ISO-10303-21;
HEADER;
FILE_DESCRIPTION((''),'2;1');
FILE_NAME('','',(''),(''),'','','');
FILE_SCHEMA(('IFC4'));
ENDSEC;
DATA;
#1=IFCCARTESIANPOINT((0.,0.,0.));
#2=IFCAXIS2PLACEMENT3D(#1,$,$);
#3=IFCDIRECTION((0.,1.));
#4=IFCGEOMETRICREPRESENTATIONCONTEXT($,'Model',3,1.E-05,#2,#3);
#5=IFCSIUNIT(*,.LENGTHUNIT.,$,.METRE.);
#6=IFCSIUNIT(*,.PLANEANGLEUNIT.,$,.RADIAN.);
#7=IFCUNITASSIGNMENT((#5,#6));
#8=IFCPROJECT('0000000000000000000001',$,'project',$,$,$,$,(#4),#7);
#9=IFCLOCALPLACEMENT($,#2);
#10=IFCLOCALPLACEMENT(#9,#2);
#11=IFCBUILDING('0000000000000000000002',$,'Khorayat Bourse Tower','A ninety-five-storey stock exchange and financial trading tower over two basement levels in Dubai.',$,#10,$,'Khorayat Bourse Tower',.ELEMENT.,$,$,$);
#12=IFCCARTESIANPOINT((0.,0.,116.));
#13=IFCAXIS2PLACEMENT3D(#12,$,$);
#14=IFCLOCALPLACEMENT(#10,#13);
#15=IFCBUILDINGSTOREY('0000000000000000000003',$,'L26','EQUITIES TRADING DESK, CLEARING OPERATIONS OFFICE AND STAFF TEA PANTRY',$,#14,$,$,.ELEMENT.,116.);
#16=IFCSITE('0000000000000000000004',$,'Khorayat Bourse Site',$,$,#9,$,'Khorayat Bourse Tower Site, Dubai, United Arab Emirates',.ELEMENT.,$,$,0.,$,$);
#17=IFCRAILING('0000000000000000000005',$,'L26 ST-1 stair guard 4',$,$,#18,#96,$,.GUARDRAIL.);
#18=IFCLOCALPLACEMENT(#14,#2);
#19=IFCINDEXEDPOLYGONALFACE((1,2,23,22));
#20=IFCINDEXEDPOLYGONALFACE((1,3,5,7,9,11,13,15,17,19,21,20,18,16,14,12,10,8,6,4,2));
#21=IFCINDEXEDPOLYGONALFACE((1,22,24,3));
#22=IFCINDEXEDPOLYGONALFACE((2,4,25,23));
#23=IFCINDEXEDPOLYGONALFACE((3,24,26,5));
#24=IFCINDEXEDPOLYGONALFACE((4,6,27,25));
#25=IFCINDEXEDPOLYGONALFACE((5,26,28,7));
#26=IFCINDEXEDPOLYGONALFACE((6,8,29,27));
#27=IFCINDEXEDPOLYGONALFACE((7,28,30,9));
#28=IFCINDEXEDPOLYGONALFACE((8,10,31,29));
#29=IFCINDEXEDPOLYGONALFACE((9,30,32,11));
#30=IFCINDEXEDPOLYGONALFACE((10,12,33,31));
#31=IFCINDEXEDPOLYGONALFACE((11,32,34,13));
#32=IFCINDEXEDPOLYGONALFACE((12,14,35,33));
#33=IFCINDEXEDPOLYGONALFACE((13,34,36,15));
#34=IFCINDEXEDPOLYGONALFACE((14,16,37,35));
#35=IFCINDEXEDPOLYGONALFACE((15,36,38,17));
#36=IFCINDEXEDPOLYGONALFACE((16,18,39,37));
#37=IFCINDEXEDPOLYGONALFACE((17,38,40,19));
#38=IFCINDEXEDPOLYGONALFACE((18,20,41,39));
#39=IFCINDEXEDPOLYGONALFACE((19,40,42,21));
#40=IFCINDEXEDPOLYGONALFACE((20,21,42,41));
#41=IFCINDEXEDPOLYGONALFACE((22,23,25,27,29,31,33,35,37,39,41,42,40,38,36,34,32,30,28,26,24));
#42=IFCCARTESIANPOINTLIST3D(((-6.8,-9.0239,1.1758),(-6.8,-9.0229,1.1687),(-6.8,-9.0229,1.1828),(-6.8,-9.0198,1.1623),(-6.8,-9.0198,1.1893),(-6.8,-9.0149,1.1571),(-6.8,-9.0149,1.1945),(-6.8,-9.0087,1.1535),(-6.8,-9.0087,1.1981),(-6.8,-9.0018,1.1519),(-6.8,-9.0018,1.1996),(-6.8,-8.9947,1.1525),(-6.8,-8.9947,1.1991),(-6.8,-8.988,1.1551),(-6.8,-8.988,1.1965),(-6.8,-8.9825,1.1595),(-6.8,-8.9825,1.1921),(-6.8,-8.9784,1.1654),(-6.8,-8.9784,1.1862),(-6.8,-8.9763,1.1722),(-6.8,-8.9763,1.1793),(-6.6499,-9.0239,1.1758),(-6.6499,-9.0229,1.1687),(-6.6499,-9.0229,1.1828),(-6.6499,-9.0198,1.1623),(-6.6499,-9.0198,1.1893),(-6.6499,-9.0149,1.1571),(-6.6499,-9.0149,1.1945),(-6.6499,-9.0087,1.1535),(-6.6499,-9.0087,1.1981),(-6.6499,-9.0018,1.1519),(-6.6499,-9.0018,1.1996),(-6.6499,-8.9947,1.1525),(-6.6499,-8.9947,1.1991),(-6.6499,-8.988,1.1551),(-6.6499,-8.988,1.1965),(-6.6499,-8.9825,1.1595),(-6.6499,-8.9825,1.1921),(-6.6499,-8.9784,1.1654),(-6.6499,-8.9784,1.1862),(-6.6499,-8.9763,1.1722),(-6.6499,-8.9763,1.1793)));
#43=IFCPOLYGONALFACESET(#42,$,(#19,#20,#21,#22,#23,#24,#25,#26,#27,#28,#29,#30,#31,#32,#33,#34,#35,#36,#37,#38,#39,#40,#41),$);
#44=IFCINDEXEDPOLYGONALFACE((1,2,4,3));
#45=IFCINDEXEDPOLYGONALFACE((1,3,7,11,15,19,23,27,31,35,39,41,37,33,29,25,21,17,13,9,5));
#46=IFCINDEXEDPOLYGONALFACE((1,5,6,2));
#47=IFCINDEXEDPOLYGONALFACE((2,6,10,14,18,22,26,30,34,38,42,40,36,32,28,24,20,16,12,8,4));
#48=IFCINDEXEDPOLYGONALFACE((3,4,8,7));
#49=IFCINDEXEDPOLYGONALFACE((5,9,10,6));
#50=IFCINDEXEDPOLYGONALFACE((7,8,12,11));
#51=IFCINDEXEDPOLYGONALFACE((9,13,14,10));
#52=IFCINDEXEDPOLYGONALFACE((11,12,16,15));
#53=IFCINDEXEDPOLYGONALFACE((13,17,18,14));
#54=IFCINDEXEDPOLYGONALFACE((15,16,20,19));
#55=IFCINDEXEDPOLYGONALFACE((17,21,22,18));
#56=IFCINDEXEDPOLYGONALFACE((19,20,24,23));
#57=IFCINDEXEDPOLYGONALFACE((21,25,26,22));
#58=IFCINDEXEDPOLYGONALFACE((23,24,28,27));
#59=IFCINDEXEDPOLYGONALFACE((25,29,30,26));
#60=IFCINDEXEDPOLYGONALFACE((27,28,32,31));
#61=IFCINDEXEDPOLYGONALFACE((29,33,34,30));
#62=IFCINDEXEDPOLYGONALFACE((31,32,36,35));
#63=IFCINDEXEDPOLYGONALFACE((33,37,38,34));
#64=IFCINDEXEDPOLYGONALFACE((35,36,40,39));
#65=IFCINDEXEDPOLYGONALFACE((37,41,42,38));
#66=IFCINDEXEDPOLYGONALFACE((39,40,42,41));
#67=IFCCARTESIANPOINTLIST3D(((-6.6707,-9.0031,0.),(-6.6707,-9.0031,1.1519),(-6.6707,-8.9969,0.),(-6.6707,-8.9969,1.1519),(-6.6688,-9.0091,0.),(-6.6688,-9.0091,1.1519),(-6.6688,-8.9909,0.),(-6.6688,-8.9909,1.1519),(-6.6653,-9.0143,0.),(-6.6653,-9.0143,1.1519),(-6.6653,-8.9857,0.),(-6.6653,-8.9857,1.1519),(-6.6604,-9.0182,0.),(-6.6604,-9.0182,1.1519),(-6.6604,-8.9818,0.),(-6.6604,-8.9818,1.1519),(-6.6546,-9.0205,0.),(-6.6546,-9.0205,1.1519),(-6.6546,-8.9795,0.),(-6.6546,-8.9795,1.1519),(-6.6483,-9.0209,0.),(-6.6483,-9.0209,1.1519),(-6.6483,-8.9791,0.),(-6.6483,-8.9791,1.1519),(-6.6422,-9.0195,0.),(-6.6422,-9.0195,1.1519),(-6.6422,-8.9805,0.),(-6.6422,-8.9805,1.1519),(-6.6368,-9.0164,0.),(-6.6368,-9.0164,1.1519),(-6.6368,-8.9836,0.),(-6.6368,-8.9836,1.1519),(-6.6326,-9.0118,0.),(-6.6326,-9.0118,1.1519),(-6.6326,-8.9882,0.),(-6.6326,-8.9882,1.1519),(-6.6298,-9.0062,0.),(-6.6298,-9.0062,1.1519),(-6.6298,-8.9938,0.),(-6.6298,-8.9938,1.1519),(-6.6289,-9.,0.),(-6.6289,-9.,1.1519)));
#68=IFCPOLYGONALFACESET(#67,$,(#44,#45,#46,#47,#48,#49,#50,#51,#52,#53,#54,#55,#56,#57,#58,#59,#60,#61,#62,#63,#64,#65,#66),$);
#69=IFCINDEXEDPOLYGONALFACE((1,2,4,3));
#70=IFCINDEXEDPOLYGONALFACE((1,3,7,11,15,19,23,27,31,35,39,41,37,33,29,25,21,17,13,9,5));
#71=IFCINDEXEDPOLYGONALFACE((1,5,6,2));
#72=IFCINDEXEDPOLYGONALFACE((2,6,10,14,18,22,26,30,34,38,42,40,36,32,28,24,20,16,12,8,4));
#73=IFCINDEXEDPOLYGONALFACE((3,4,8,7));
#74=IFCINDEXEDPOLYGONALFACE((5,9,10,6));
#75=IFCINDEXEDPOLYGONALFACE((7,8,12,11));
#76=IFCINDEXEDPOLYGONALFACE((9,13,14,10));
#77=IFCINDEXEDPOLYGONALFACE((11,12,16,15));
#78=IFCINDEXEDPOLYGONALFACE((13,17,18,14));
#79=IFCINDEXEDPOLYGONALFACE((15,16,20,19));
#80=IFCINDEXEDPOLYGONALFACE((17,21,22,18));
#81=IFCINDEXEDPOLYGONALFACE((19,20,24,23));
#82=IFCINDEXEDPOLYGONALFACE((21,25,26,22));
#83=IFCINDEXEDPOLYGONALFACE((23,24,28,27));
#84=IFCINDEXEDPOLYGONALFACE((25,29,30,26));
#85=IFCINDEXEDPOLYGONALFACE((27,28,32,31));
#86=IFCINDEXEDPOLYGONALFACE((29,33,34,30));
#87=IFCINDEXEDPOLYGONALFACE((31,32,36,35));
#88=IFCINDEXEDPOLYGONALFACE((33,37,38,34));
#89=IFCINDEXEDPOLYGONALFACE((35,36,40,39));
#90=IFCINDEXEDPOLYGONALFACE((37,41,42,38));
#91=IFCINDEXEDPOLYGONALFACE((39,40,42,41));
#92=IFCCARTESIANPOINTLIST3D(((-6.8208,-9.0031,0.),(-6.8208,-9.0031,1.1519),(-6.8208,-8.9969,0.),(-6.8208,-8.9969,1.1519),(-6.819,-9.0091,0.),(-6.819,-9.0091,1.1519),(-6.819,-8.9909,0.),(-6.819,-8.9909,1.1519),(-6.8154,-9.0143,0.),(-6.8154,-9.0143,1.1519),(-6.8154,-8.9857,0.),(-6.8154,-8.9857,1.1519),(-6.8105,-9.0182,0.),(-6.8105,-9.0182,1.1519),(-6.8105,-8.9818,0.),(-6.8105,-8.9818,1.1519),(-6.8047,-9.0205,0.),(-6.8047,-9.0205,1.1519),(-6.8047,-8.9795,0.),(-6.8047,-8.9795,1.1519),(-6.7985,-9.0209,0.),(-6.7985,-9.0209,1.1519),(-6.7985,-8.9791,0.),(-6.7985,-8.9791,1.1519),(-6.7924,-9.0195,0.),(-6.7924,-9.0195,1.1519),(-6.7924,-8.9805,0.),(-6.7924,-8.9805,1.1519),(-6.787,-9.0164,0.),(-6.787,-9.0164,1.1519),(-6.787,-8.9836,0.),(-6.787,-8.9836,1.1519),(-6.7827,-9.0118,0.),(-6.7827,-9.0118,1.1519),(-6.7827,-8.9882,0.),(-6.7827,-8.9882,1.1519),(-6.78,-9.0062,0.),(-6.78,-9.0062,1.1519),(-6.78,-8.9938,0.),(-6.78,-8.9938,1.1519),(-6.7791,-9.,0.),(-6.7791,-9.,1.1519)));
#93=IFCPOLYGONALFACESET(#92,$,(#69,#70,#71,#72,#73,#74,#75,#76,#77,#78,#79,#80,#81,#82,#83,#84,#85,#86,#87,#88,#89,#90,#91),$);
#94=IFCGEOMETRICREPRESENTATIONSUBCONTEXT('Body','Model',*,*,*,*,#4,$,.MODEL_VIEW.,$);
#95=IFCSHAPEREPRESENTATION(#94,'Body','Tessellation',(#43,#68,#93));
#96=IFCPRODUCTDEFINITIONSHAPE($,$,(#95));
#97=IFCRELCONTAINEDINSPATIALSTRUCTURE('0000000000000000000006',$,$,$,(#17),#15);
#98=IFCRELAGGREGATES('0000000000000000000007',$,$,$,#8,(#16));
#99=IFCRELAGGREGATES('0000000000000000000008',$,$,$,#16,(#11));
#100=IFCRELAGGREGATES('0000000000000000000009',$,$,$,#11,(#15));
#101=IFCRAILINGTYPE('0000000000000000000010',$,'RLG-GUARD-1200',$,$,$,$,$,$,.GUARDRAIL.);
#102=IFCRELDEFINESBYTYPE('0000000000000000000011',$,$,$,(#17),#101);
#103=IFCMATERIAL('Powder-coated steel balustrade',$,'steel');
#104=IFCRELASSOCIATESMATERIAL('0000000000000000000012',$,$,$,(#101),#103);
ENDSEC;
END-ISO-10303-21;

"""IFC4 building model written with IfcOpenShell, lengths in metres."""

from ifc_helpers import new_model, si_unit, direction, frame, origin, origin_2d, place, context, subcontext, project, spatial, circle, extrude, source, transform, mapped, material, type_object, element, save


model = new_model("IFC4")

# Units and contexts
model_context = context("Model", 3, precision=1e-05, world=origin(), true_north=direction((0.0, 1.0)))
body_context = subcontext(model_context, "Body", "Model", "MODEL_VIEW")
ifc_project = project(units=[si_unit("LENGTHUNIT", "METRE"), si_unit("PLANEANGLEUNIT", "RADIAN")], contexts=[model_context])

# Site, building, storey
site_placement = place(None, origin())
site = spatial("IfcSite", under=ifc_project, at=site_placement, Name="Khorayat Bourse Site", LongName="Khorayat Bourse Tower Site, Dubai, United Arab Emirates", CompositionType="ELEMENT", RefElevation=0.0)
building_placement = place(site_placement, origin())
building = spatial("IfcBuilding", under=site, at=building_placement, Name="Khorayat Bourse Tower", Description="A ninety-five-storey stock exchange and financial trading tower over two basement levels in Dubai.", LongName="Khorayat Bourse Tower", CompositionType="ELEMENT")
storey_placement = place(building_placement, frame((0.0, 0.0, 116.0)))
storey = spatial("IfcBuildingStorey", under=building, at=storey_placement, Name="L26", Description="EQUITIES TRADING DESK, CLEARING OPERATIONS OFFICE AND STAFF TEA PANTRY", CompositionType="ELEMENT", Elevation=116.0)

# Railing
ifc_material_1 = material(Name="Powder-coated steel balustrade", Category="steel")
railing_type_1 = type_object("IfcRailingType", Name="RLG-GUARD-1200", PredefinedType="GUARDRAIL", material=ifc_material_1)
shared_shape_1 = source(origin(), body_context, "Body", "SweptSolid", [
    extrude(circle(Radius=0.0239, at=origin_2d()), frame((0.0, 0.0, 1.1758), z_axis=(-1.0, 0.0, 0.0), x_axis=(0.0, -1.0, 0.0)), (0.0, 0.0, 1.0), 0.1501),
    extrude(circle(Radius=0.021, at=origin_2d()), origin(), (0.0, 0.0, 1.0), 1.1519),
    extrude(circle(Radius=0.021, at=origin_2d()), frame((-0.1501, 0.0, 0.0)), (0.0, 0.0, 1.0), 1.1519),
])
for number, where, name in (
    (1, (-6.6499, -9.0, 0.0), "L26 ST-1 stair guard 4"),
):
    element("IfcRailing", number, at=place(storey_placement, frame(where)), inside=storey, type_object=railing_type_1, Name=name, PredefinedType="GUARDRAIL", context=body_context, shape_type="MappedRepresentation", body=[
        mapped(shared_shape_1, transform((0.0, 0.0, 0.0), scale=1.0)),
    ])

save(model, "model.ifc")
